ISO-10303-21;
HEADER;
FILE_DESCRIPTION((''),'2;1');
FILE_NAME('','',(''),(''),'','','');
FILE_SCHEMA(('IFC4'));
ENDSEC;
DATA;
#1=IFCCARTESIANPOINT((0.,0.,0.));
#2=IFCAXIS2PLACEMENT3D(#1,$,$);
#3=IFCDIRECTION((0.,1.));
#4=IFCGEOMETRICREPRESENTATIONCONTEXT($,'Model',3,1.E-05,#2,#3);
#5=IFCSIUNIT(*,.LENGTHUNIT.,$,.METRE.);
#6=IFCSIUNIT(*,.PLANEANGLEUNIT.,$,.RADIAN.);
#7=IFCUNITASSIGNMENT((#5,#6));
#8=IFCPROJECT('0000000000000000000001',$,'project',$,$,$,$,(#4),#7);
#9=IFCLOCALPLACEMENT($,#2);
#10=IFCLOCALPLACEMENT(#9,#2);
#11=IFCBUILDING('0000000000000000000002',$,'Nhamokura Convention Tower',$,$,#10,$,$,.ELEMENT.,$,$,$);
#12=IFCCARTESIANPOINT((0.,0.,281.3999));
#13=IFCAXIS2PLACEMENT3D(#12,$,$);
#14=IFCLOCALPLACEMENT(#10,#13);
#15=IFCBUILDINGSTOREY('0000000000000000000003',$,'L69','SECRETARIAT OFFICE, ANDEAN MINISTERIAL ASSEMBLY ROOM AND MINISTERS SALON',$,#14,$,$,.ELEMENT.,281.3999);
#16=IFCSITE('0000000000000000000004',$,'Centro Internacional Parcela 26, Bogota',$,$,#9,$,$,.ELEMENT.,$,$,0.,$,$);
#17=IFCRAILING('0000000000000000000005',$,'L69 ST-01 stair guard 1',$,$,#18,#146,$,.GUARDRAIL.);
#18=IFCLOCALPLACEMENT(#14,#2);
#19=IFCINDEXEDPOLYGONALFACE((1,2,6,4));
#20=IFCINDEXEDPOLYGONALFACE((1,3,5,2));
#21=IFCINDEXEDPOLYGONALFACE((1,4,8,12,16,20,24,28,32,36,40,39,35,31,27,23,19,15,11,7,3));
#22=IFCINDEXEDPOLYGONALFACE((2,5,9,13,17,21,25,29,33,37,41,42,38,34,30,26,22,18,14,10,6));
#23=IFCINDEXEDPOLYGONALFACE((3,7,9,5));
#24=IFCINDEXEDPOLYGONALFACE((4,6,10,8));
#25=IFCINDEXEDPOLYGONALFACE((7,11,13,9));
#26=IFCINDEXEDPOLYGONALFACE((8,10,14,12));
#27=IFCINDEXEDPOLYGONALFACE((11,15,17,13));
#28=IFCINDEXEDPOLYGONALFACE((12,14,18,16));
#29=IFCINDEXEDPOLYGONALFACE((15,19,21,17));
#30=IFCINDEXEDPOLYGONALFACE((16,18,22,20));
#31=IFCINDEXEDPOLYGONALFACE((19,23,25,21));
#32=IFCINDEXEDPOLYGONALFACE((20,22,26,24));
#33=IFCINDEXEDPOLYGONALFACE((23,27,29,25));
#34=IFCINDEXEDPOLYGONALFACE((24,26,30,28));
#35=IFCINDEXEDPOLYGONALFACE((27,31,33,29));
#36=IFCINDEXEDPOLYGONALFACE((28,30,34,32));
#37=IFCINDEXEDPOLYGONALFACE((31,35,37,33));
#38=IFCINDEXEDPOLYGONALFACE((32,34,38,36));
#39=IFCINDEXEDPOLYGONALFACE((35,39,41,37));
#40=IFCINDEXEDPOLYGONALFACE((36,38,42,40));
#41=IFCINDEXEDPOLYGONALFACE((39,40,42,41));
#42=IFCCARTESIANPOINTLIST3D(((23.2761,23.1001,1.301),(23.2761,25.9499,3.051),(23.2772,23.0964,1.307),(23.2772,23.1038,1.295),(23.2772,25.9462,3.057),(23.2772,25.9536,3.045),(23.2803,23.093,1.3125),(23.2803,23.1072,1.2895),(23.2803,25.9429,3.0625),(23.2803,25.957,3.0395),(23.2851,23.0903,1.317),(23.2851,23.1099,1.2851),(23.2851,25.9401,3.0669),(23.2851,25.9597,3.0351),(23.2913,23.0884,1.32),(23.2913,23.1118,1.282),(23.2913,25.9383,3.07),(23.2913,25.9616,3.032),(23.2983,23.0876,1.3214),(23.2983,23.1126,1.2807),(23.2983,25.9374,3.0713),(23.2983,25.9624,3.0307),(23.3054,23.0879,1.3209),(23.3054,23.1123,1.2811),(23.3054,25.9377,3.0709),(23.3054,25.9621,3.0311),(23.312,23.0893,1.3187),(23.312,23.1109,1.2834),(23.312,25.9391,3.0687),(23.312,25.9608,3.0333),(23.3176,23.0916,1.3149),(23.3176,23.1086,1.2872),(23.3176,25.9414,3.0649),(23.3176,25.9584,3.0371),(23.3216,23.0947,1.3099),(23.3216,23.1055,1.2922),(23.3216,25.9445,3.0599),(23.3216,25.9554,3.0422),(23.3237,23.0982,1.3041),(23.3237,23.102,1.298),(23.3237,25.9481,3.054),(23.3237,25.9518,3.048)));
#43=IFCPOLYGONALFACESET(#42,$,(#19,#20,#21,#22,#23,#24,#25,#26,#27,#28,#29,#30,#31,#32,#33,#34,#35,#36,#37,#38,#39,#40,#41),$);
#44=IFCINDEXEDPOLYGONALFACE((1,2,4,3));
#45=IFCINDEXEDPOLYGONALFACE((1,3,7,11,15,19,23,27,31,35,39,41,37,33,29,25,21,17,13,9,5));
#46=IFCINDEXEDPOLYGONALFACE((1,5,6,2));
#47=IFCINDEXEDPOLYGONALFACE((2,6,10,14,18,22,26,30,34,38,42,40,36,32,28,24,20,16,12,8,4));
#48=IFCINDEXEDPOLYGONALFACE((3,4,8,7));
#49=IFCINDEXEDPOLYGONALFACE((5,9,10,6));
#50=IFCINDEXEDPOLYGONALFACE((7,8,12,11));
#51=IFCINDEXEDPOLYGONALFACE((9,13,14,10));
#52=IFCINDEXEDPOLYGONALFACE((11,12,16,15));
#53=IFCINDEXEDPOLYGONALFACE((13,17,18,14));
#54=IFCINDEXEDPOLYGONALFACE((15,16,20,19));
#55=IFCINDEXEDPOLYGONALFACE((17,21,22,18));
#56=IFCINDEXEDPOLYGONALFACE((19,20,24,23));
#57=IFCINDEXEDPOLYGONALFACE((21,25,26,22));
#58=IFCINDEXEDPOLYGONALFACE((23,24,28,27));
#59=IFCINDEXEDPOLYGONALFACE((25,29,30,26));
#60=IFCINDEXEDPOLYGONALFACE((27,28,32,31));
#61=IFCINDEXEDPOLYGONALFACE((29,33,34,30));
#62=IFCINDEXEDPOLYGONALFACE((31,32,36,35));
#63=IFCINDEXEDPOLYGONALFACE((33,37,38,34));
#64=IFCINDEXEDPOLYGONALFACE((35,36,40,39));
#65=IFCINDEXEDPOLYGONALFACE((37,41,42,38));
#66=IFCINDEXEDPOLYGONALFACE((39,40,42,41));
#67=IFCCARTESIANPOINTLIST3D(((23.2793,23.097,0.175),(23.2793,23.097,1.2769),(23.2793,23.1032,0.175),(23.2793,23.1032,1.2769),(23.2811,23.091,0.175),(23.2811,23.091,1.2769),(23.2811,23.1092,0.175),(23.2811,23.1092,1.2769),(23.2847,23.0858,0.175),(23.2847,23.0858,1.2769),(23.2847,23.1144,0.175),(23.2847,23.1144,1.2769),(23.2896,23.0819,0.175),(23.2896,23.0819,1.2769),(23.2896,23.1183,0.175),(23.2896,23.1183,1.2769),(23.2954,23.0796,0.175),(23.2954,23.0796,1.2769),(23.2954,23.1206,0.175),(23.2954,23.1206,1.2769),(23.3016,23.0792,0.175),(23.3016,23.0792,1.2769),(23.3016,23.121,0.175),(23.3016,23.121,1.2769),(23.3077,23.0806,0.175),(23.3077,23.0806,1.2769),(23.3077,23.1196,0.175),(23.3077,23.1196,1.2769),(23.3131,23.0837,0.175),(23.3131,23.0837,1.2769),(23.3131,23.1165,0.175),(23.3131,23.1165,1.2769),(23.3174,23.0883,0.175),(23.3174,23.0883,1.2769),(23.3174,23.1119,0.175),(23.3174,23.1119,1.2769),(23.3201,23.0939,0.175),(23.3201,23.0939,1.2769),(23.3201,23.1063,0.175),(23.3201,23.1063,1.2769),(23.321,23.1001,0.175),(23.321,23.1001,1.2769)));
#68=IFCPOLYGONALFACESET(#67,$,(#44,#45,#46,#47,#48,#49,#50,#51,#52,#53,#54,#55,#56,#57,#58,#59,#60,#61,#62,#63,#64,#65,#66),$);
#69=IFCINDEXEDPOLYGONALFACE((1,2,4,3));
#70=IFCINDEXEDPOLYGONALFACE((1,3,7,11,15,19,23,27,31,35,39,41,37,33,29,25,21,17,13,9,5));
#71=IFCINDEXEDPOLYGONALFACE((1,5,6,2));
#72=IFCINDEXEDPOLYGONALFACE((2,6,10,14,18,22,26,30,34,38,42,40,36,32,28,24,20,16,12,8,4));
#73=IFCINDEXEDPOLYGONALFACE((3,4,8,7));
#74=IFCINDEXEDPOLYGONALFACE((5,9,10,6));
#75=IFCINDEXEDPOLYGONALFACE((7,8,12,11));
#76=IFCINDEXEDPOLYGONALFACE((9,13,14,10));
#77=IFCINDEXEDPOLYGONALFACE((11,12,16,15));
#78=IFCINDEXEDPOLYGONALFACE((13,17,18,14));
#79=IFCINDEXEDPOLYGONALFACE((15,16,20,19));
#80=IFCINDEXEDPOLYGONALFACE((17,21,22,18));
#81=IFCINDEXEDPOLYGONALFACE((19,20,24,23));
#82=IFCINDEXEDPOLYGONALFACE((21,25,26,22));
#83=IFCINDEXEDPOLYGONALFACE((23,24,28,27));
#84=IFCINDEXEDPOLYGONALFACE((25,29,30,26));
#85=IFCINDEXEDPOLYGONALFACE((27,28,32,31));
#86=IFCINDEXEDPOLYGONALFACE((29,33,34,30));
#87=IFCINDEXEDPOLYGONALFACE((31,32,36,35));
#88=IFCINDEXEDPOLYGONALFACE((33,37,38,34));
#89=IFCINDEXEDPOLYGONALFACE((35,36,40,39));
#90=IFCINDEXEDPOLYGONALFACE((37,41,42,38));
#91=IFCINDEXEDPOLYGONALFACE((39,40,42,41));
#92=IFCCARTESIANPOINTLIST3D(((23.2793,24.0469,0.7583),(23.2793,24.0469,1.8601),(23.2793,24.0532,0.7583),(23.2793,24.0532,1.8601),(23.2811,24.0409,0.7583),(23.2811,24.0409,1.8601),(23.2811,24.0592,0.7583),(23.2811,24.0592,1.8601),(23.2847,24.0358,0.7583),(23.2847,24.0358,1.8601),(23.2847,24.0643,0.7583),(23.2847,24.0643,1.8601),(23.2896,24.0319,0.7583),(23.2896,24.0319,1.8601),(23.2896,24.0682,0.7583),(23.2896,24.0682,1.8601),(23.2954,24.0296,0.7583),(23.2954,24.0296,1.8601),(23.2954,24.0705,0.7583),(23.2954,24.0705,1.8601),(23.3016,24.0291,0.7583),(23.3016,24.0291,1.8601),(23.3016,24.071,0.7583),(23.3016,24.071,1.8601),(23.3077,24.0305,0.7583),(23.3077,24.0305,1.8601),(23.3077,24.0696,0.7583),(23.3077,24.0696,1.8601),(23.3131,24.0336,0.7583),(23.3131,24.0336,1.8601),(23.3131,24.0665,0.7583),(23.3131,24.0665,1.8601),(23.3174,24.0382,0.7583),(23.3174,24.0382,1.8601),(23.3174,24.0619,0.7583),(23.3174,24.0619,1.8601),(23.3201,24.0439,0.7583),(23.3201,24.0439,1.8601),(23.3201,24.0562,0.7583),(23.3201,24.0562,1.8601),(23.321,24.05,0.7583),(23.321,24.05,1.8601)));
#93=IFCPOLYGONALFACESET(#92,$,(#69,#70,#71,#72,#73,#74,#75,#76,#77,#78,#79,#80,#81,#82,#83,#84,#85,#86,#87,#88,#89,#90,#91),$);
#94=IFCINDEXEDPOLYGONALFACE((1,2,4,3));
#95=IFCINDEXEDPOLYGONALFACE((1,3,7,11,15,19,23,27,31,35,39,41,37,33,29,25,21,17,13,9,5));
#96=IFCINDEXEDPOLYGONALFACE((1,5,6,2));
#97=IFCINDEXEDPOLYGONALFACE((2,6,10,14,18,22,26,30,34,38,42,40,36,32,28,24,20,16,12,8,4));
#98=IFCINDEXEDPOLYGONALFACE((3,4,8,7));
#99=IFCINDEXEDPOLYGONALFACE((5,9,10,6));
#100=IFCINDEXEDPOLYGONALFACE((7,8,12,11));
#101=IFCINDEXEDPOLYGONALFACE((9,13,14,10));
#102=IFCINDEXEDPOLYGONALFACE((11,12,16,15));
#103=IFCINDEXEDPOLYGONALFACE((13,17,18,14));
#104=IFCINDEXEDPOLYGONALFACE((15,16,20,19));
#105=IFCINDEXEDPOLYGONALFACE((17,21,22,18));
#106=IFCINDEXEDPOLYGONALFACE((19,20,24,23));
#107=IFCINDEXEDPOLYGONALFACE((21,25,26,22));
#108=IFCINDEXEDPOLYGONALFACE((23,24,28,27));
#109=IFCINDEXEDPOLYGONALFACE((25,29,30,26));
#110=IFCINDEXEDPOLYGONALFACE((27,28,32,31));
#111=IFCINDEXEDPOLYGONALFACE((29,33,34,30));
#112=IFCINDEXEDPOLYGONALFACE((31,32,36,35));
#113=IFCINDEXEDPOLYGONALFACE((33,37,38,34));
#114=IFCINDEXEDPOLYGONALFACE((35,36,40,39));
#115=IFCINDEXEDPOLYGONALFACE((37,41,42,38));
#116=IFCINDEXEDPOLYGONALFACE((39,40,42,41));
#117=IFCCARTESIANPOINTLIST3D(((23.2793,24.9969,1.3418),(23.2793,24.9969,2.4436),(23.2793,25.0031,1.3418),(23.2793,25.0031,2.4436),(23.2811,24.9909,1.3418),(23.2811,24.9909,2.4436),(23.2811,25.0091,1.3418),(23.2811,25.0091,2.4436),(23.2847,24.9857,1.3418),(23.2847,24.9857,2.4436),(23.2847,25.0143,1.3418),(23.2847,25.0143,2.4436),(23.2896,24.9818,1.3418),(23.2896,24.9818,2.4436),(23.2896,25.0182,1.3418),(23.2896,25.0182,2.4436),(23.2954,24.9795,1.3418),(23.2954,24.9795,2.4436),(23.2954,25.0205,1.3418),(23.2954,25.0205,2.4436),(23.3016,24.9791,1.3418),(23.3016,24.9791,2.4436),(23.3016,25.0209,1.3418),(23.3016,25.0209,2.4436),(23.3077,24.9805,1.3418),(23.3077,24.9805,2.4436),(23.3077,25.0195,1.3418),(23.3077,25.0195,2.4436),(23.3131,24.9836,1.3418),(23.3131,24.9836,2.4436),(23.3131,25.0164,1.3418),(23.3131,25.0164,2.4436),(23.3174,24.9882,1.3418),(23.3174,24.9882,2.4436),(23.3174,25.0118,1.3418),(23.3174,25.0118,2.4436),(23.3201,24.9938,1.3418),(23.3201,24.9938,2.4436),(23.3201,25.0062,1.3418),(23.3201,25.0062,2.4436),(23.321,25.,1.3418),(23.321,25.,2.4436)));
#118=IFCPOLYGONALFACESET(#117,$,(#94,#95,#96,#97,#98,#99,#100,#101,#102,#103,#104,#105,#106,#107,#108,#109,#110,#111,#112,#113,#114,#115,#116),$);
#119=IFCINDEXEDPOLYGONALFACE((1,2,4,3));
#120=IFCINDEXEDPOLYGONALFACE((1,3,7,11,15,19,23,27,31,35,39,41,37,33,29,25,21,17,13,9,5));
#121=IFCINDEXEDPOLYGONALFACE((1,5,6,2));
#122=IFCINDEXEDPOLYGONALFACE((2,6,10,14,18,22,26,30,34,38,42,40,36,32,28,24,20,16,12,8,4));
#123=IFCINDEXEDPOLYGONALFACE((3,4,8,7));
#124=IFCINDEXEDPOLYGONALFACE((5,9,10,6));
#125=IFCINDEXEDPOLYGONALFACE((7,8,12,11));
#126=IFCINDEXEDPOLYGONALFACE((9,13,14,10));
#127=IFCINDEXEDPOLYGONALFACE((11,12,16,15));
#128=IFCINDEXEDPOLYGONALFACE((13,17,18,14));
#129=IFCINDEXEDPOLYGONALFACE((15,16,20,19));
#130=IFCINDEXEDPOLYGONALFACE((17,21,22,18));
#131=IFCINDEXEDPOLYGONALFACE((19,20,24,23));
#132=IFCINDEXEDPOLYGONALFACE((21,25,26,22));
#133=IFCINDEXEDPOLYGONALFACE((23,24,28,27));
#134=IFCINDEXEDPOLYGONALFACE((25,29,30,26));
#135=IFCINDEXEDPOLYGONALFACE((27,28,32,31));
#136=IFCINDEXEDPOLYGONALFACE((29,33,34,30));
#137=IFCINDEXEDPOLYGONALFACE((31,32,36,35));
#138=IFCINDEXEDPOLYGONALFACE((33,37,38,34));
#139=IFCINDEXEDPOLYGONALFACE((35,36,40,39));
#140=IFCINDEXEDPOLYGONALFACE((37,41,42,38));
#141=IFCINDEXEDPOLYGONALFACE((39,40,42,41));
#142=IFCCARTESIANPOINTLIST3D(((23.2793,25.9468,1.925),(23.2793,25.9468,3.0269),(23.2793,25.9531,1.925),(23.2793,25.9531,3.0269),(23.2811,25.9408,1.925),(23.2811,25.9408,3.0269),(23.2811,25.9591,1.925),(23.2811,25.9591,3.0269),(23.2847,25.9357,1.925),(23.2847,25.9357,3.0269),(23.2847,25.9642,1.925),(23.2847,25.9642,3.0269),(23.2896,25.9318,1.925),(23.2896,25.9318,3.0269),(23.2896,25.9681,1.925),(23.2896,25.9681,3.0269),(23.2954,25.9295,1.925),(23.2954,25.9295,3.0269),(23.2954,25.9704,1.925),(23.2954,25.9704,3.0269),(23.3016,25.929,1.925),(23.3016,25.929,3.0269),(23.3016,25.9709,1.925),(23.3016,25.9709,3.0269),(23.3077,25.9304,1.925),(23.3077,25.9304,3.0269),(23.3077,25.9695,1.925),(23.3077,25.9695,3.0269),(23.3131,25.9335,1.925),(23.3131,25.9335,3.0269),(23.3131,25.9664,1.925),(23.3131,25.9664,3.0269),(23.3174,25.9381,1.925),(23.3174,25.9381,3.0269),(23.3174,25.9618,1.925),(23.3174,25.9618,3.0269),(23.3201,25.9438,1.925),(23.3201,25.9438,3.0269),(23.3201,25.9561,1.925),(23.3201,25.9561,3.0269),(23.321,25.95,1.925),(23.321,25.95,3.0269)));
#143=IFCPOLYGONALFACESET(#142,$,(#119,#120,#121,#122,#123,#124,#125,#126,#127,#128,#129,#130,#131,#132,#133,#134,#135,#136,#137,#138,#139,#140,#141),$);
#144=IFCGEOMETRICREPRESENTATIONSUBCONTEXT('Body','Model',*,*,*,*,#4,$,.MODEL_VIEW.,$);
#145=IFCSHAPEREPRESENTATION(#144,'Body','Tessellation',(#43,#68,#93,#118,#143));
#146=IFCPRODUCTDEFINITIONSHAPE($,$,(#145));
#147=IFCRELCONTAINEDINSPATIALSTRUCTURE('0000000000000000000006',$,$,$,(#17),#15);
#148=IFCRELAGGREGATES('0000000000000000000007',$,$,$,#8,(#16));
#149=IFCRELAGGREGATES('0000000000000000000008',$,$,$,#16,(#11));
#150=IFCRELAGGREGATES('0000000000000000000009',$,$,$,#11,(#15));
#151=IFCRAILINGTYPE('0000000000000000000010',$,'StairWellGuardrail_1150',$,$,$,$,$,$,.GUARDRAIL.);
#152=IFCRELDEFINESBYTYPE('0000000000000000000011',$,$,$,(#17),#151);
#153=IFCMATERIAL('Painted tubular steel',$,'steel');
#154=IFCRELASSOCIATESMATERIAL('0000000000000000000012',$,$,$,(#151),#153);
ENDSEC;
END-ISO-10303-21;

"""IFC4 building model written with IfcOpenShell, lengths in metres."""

from ifc_helpers import new_model, si_unit, direction, frame, origin, origin_2d, place, context, subcontext, project, spatial, circle, extrude, material, type_object, element, save


model = new_model("IFC4")

# Units and contexts
model_context = context("Model", 3, precision=1e-05, world=origin(), true_north=direction((0.0, 1.0)))
body_context = subcontext(model_context, "Body", "Model", "MODEL_VIEW")
ifc_project = project(units=[si_unit("LENGTHUNIT", "METRE"), si_unit("PLANEANGLEUNIT", "RADIAN")], contexts=[model_context])

# Site, building, storey
site_placement = place(None, origin())
site = spatial("IfcSite", under=ifc_project, at=site_placement, Name="Centro Internacional Parcela 26, Bogota", CompositionType="ELEMENT", RefElevation=0.0)
building_placement = place(site_placement, origin())
building = spatial("IfcBuilding", under=site, at=building_placement, Name="Nhamokura Convention Tower", CompositionType="ELEMENT")
storey_placement = place(building_placement, frame((0.0, 0.0, 281.3999)))
storey = spatial("IfcBuildingStorey", under=building, at=storey_placement, Name="L69", Description="SECRETARIAT OFFICE, ANDEAN MINISTERIAL ASSEMBLY ROOM AND MINISTERS SALON", CompositionType="ELEMENT", Elevation=281.3999)

# Railing
ifc_material_1 = material(Name="Painted tubular steel", Category="steel")
railing_type_1 = type_object("IfcRailingType", Name="StairWellGuardrail_1150", PredefinedType="GUARDRAIL", material=ifc_material_1)
railing_1_placement = place(storey_placement, frame((23.3, 23.1001, 0.175)))
element("IfcRailing", 1, at=railing_1_placement, inside=storey, type_object=railing_type_1, Name="L69 ST-01 stair guard 1", PredefinedType="GUARDRAIL", context=body_context, shape_type="SweptSolid", body=[
    extrude(circle(Radius=0.0239, at=origin_2d()), frame((0.0, 0.0, 1.126), z_axis=(0.0, 0.852159, 0.523283), x_axis=(-1.0, 0.0, 0.0)), (0.0, 0.0, 1.0), 3.3442),
    extrude(circle(Radius=0.021, at=origin_2d()), origin(), (0.0, 0.0, 1.0), 1.1018),
    extrude(circle(Radius=0.021, at=origin_2d()), frame((0.0, 0.95, 0.5833)), (0.0, 0.0, 1.0), 1.1018),
    extrude(circle(Radius=0.021, at=origin_2d()), frame((0.0, 1.8999, 1.1667)), (0.0, 0.0, 1.0), 1.1018),
    extrude(circle(Radius=0.021, at=origin_2d()), frame((0.0, 2.8499, 1.75)), (0.0, 0.0, 1.0), 1.1018),
])

save(model, "model.ifc")
